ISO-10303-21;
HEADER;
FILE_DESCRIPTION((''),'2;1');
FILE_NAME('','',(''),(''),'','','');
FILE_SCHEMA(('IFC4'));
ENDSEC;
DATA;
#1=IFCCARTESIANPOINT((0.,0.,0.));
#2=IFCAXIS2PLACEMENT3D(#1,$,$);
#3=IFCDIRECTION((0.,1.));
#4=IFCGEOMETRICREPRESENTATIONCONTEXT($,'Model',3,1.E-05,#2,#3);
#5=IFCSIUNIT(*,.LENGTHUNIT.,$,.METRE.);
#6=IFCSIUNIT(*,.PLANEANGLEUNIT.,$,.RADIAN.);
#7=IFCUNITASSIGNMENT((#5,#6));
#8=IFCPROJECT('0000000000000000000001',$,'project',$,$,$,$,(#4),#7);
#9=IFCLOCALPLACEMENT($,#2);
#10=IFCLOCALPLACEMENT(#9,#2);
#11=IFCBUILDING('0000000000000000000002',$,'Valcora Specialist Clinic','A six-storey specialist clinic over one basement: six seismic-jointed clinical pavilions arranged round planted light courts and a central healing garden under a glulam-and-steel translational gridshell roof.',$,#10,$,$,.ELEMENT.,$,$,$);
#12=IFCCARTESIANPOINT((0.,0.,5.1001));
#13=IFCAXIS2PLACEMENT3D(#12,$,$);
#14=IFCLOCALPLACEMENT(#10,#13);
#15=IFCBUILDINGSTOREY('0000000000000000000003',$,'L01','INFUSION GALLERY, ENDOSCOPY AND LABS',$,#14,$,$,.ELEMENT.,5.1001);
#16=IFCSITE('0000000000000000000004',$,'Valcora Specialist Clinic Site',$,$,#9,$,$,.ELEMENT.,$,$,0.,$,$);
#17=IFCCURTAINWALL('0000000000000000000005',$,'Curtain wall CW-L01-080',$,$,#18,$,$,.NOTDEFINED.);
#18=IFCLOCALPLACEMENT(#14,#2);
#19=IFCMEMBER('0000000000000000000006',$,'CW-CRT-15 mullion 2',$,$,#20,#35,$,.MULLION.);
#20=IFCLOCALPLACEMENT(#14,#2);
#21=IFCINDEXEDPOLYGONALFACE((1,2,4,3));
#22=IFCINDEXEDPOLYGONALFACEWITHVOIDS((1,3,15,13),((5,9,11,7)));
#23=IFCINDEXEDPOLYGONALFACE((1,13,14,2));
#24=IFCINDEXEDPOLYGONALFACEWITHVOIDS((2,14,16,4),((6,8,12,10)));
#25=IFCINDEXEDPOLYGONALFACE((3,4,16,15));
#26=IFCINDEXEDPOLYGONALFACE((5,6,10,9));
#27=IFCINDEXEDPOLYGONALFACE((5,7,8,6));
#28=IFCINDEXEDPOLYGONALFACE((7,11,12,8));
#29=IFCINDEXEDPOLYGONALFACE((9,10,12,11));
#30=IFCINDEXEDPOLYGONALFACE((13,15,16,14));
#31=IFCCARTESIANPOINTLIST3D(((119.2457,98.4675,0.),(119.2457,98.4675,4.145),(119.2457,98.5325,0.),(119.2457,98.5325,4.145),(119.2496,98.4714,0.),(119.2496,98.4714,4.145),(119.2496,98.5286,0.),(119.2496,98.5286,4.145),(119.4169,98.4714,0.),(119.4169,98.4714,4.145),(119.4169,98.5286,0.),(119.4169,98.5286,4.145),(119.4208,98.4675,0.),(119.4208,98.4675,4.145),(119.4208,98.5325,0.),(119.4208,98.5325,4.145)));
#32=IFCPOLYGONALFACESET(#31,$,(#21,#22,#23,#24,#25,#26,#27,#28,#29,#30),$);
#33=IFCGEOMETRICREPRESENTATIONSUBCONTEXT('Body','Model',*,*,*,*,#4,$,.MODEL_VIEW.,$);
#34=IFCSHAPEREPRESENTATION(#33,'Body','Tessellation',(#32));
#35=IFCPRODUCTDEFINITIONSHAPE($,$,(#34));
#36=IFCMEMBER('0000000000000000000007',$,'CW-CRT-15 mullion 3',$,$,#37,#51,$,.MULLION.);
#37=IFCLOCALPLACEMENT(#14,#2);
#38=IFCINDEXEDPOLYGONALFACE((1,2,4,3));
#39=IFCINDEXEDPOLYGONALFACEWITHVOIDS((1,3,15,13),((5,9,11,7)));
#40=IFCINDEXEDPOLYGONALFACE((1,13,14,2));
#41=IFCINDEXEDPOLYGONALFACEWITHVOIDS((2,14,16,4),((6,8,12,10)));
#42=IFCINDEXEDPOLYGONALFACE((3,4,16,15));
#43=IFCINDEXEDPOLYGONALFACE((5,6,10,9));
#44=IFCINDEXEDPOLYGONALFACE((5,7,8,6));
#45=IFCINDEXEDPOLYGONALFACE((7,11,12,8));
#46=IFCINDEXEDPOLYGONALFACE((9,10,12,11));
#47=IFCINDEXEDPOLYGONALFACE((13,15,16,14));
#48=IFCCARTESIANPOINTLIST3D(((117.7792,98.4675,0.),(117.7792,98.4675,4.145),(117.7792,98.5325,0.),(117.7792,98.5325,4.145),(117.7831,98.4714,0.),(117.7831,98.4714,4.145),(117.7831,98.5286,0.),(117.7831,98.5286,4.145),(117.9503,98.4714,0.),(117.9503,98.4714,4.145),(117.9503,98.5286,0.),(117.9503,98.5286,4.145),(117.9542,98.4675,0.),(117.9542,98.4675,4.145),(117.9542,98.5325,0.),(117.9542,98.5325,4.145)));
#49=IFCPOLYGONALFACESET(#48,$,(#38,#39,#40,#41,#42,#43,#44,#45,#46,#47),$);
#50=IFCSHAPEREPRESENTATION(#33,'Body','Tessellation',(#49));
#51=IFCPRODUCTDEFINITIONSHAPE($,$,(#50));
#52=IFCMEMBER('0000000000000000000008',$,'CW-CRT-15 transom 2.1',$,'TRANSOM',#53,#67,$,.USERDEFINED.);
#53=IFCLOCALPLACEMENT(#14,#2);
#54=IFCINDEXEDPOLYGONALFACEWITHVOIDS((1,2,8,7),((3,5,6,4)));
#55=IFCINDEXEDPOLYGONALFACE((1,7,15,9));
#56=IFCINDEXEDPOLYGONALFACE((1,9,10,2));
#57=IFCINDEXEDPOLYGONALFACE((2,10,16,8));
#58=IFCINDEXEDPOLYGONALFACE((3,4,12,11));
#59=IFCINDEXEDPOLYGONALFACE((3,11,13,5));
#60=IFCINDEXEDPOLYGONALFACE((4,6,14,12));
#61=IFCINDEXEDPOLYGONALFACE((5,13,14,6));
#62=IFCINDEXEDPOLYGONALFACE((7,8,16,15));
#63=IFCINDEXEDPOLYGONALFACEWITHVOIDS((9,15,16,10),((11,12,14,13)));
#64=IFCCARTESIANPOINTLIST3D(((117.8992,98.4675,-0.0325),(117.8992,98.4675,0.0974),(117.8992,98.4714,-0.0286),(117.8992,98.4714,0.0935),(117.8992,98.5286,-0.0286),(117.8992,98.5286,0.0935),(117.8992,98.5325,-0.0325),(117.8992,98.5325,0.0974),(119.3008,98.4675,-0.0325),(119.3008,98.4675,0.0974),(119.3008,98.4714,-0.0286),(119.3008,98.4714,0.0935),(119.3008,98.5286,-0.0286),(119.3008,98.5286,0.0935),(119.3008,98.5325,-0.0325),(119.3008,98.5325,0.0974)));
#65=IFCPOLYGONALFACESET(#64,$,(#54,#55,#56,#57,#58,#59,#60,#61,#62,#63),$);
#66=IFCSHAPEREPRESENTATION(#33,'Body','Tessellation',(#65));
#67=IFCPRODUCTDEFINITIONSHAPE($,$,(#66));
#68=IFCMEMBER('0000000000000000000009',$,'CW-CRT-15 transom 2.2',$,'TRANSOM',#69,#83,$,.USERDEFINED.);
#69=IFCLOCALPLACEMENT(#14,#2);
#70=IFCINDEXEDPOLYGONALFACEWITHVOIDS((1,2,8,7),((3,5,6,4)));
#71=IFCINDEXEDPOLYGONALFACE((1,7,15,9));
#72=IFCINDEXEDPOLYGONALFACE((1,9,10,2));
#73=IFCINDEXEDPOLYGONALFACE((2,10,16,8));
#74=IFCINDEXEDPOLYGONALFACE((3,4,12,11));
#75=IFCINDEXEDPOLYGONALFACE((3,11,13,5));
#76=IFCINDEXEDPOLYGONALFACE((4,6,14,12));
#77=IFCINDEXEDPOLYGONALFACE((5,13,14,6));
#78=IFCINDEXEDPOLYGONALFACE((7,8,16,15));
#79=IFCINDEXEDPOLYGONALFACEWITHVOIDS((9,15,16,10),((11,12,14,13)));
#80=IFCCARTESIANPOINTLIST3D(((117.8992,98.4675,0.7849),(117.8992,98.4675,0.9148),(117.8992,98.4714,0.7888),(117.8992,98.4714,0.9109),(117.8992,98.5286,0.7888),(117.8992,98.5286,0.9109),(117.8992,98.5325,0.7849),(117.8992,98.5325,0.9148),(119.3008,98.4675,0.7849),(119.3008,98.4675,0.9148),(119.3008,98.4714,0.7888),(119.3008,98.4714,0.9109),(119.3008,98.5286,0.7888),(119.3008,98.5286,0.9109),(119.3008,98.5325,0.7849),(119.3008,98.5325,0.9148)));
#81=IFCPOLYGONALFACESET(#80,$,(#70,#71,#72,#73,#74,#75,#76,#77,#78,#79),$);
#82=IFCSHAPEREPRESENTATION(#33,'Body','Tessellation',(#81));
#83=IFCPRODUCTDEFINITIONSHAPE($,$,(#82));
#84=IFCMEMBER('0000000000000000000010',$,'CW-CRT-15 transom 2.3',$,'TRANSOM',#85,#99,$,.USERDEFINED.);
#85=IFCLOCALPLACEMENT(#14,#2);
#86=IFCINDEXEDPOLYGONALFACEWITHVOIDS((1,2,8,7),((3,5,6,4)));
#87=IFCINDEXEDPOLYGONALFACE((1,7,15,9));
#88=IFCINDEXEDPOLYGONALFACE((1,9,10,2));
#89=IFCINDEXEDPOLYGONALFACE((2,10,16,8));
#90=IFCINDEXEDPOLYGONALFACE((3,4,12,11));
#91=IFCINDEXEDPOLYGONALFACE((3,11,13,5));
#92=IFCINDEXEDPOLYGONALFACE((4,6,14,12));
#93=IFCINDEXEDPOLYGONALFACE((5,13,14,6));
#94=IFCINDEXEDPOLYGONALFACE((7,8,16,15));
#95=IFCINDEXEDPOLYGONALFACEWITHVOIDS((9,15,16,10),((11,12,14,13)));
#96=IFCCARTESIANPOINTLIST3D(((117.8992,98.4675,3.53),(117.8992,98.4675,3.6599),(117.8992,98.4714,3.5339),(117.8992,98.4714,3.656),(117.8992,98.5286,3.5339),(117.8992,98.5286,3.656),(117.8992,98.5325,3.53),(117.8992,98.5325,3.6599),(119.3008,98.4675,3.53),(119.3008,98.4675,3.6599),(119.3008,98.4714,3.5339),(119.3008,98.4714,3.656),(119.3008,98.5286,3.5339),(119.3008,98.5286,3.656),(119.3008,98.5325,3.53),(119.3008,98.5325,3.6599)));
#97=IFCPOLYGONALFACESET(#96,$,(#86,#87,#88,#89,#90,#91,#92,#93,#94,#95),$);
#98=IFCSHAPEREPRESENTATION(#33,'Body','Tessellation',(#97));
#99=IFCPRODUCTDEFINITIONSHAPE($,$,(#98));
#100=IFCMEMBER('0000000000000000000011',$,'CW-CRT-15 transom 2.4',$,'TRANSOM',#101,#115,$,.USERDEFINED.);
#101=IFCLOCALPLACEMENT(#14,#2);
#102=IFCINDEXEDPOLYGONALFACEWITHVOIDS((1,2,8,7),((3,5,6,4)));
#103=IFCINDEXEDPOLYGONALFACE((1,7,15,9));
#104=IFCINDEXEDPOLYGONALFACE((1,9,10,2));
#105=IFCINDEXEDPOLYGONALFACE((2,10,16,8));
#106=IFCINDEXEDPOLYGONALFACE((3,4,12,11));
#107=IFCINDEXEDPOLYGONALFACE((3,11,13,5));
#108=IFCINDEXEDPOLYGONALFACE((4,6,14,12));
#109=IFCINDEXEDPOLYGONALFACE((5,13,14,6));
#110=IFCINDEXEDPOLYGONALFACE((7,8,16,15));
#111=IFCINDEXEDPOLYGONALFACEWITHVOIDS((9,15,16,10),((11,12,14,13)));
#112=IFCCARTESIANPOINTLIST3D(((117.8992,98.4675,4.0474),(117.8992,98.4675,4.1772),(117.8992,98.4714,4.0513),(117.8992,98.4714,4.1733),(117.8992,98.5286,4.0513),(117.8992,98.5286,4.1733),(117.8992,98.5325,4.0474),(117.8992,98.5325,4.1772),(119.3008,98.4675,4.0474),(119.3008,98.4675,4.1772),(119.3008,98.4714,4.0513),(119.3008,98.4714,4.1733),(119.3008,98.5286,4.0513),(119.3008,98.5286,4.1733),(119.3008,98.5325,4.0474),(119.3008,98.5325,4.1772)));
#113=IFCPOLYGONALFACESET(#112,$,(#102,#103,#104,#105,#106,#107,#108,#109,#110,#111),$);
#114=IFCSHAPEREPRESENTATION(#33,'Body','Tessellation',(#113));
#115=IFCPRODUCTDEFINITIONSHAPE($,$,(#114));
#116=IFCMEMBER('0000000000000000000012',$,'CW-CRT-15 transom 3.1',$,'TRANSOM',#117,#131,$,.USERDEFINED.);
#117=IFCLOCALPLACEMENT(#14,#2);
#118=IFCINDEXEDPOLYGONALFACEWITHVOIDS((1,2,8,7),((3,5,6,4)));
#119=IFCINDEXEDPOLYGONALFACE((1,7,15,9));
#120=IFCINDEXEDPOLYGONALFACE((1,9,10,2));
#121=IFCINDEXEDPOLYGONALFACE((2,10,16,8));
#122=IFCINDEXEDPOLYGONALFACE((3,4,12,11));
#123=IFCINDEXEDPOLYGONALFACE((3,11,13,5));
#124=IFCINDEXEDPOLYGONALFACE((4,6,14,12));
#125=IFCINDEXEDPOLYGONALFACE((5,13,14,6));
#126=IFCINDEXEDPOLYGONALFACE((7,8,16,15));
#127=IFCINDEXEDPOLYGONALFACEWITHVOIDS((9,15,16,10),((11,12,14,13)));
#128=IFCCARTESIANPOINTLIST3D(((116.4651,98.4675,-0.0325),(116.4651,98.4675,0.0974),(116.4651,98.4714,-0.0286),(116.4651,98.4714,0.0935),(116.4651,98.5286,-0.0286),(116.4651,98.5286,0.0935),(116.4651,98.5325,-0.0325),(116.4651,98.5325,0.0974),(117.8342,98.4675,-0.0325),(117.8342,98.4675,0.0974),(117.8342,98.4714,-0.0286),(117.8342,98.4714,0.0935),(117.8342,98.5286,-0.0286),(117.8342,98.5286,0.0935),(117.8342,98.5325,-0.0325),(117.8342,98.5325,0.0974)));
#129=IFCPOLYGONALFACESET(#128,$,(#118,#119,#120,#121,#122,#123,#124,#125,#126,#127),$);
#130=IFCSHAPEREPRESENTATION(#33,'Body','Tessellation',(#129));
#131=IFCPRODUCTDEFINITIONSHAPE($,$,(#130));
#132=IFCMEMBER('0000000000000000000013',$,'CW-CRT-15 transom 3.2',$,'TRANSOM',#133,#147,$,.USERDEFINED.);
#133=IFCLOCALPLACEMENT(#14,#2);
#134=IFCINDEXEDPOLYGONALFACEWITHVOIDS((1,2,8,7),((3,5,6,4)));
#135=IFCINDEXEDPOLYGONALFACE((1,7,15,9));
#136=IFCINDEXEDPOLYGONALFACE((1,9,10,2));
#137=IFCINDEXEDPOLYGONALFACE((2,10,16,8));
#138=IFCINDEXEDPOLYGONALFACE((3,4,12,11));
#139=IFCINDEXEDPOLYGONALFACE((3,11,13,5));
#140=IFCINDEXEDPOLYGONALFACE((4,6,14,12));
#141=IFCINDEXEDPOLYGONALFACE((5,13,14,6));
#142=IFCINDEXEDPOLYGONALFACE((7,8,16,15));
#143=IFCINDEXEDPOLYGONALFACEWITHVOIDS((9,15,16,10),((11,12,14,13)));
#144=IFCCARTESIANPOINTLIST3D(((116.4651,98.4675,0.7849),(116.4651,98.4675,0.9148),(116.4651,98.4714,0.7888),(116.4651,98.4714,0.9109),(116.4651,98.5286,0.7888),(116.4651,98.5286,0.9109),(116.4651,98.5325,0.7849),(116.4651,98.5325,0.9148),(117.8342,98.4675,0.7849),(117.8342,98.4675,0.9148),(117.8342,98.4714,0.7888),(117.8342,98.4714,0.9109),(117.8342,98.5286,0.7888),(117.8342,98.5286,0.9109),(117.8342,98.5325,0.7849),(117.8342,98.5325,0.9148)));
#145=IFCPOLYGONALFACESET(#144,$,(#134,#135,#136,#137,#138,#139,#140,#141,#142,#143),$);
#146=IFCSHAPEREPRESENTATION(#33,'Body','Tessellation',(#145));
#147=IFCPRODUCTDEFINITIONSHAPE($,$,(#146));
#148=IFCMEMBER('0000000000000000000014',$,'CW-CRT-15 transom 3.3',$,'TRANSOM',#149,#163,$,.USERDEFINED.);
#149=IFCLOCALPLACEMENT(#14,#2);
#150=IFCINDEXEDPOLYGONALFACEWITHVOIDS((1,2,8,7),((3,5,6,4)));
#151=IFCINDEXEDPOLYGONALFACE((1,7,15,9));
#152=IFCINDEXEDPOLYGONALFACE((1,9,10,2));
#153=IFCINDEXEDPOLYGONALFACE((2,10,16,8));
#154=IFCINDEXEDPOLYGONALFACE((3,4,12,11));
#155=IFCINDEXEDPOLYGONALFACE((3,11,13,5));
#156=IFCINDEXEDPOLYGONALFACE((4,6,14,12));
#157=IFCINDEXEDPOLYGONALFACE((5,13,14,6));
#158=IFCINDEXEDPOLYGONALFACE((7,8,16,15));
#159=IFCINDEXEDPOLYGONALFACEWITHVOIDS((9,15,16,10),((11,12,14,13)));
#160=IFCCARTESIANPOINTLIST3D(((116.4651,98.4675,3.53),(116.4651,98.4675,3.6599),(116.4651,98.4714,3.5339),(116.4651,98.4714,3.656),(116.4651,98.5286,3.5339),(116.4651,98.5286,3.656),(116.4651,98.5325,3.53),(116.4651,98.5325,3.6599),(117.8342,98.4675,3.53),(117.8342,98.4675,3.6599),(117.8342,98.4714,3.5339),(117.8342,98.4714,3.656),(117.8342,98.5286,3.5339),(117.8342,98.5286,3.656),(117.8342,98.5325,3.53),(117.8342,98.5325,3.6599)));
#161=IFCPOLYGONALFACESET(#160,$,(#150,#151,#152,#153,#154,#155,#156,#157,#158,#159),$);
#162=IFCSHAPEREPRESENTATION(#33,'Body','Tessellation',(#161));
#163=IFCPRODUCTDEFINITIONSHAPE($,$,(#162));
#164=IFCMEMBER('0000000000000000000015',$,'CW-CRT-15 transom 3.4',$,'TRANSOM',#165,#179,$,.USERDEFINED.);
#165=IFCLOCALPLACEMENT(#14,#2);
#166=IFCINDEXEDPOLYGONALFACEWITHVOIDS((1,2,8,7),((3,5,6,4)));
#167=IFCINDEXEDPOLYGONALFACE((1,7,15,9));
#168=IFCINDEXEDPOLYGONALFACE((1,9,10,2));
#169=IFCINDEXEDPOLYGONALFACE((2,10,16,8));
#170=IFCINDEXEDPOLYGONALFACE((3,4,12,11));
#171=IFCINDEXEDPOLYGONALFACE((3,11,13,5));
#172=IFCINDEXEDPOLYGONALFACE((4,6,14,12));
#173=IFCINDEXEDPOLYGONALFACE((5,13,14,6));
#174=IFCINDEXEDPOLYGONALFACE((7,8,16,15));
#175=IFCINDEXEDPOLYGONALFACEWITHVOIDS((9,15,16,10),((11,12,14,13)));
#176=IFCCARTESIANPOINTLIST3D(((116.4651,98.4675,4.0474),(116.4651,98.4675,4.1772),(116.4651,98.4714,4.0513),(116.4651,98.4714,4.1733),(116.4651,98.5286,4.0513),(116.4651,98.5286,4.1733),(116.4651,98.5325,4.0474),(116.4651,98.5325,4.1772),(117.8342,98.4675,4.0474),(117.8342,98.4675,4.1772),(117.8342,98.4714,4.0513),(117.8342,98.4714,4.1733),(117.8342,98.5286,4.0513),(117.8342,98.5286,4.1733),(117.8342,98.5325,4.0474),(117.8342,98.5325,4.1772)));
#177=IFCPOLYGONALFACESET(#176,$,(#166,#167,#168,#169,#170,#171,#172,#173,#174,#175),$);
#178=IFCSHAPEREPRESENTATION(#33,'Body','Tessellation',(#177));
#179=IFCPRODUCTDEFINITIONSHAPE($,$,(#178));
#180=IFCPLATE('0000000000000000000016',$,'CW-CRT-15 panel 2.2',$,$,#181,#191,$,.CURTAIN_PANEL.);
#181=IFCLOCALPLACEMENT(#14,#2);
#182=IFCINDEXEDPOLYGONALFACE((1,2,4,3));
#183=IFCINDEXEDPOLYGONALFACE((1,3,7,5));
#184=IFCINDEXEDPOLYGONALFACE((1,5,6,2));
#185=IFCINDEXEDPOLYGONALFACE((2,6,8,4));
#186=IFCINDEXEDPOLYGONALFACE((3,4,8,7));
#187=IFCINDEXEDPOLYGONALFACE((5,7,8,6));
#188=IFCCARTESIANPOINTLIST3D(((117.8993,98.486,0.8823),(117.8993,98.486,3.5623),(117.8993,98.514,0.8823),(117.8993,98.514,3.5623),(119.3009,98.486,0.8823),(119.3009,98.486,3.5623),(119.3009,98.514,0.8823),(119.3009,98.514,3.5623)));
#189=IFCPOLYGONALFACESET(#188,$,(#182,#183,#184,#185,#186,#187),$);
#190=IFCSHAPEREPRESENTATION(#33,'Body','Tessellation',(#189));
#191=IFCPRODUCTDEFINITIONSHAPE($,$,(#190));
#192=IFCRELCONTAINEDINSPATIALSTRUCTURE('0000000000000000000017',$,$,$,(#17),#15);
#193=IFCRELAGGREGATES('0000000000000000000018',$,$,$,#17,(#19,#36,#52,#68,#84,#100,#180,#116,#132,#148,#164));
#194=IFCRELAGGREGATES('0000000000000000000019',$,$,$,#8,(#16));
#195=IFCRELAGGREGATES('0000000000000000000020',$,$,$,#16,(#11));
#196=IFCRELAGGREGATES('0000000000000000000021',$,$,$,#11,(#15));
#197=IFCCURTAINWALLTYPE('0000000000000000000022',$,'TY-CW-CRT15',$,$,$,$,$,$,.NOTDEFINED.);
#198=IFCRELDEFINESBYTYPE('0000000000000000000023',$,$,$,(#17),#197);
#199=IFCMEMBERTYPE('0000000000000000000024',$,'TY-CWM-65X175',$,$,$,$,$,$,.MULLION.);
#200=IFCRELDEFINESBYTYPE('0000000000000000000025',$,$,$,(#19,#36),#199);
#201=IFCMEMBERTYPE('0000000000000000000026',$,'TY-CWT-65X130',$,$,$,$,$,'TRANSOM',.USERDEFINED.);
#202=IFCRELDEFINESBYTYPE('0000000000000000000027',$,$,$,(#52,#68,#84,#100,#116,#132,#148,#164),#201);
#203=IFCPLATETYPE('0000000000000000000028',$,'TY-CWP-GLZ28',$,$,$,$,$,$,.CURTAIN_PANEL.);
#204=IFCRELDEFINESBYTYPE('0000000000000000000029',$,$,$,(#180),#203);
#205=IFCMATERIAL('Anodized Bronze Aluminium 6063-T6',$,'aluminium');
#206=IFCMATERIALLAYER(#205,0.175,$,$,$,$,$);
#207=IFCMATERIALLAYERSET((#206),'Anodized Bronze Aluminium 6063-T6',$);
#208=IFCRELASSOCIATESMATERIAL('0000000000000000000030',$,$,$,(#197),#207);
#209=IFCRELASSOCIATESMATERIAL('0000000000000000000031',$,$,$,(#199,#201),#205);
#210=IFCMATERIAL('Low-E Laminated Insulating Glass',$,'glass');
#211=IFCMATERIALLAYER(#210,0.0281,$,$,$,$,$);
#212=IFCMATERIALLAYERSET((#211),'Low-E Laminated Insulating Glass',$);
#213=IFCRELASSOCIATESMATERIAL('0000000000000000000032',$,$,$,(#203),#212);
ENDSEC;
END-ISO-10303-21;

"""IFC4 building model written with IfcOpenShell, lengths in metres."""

from ifc_helpers import new_model, si_unit, direction, frame, origin, origin_2d, place, context, subcontext, project, spatial, rectangle, hollow_rectangle, extrude, material, layer, layer_set, material_profile, profile_set, type_object, element, aggregate, save


model = new_model("IFC4")

# Units and contexts
model_context = context("Model", 3, precision=1e-05, world=origin(), true_north=direction((0.0, 1.0)))
body_context = subcontext(model_context, "Body", "Model", "MODEL_VIEW")
ifc_project = project(units=[si_unit("LENGTHUNIT", "METRE"), si_unit("PLANEANGLEUNIT", "RADIAN")], contexts=[model_context])

# Site, building, storey
site_placement = place(None, origin())
site = spatial("IfcSite", under=ifc_project, at=site_placement, Name="Valcora Specialist Clinic Site", CompositionType="ELEMENT", RefElevation=0.0)
building_placement = place(site_placement, origin())
building = spatial("IfcBuilding", under=site, at=building_placement, Name="Valcora Specialist Clinic", Description="A six-storey specialist clinic over one basement: six seismic-jointed clinical pavilions arranged round planted light courts and a central healing garden under a glulam-and-steel translational gridshell roof.", CompositionType="ELEMENT")
storey_placement = place(building_placement, frame((0.0, 0.0, 5.1001)))
storey = spatial("IfcBuildingStorey", under=building, at=storey_placement, Name="L01", Description="INFUSION GALLERY, ENDOSCOPY AND LABS", CompositionType="ELEMENT", Elevation=5.1001)

# Curtain wall, members, plate
ifc_material_1 = material(Name="Anodized Bronze Aluminium 6063-T6", Category="aluminium")
ifc_layer_1 = layer(ifc_material_1, 0.175)
ifc_layer_set_1 = layer_set([ifc_layer_1], Name="Anodized Bronze Aluminium 6063-T6")
curtain_wall_type = type_object("IfcCurtainWallType", Name="TY-CW-CRT15", PredefinedType="NOTDEFINED", material=ifc_layer_set_1)
curtain_wall_placement = place(storey_placement, origin())
curtain_wall = element("IfcCurtainWall", 1, at=curtain_wall_placement, inside=storey, type_object=curtain_wall_type, Name="Curtain wall CW-L01-080", PredefinedType="NOTDEFINED")
ifc_material_profile_1 = material_profile(ifc_material_1, hollow_rectangle(XDim=0.0649, YDim=0.175, WallThickness=0.0039, at=origin_2d()), Name="AL-MUL-65X175")
ifc_profile_set_1 = profile_set([ifc_material_profile_1], Name="Anodized Bronze Aluminium 6063-T6")
member_type_1 = type_object("IfcMemberType", Name="TY-CWM-65X175", PredefinedType="MULLION", material=ifc_profile_set_1)
member_1_placement = place(storey_placement, frame((119.3333, 98.5, 0.0), z_axis=(0.0, 0.0, 1.0), x_axis=(0.0, -1.0, 0.0)))
member_1 = element("IfcMember", 2, at=member_1_placement, type_object=member_type_1, Name="CW-CRT-15 mullion 2", PredefinedType="MULLION", context=body_context, shape_type="SweptSolid", body=[
    extrude(hollow_rectangle(XDim=0.0649, YDim=0.175, WallThickness=0.0039, at=origin_2d()), origin(), (0.0, 0.0, 1.0), 4.145),
])
member_2_placement = place(storey_placement, frame((117.8667, 98.5, 0.0), z_axis=(0.0, 0.0, 1.0), x_axis=(0.0, -1.0, 0.0)))
member_2 = element("IfcMember", 3, at=member_2_placement, type_object=member_type_1, Name="CW-CRT-15 mullion 3", PredefinedType="MULLION", context=body_context, shape_type="SweptSolid", body=[
    extrude(hollow_rectangle(XDim=0.0649, YDim=0.175, WallThickness=0.0039, at=origin_2d()), origin(), (0.0, 0.0, 1.0), 4.145),
])
ifc_material_profile_2 = material_profile(ifc_material_1, hollow_rectangle(XDim=0.0649, YDim=0.1299, WallThickness=0.0039, at=origin_2d()), Name="AL-TRN-65X130")
ifc_profile_set_2 = profile_set([ifc_material_profile_2], Name="Anodized Bronze Aluminium 6063-T6")
member_type_2 = type_object("IfcMemberType", Name="TY-CWT-65X130", ElementType="TRANSOM", PredefinedType="USERDEFINED", material=ifc_profile_set_2)
member_3_placement = place(storey_placement, frame((119.3008, 98.5, 0.0325), z_axis=(-1.0, 0.0, 0.0), x_axis=(0.0, -1.0, 0.0)))
member_3 = element("IfcMember", 4, at=member_3_placement, type_object=member_type_2, Name="CW-CRT-15 transom 2.1", ObjectType="TRANSOM", PredefinedType="USERDEFINED", context=body_context, shape_type="SweptSolid", body=[
    extrude(hollow_rectangle(XDim=0.0649, YDim=0.1299, WallThickness=0.0039, at=origin_2d()), origin(), (0.0, 0.0, 1.0), 1.4016),
])
member_4_placement = place(storey_placement, frame((119.3008, 98.5, 0.8499), z_axis=(-1.0, 0.0, 0.0), x_axis=(0.0, -1.0, 0.0)))
member_4 = element("IfcMember", 5, at=member_4_placement, type_object=member_type_2, Name="CW-CRT-15 transom 2.2", ObjectType="TRANSOM", PredefinedType="USERDEFINED", context=body_context, shape_type="SweptSolid", body=[
    extrude(hollow_rectangle(XDim=0.0649, YDim=0.1299, WallThickness=0.0039, at=origin_2d()), origin(), (0.0, 0.0, 1.0), 1.4016),
])
member_5_placement = place(storey_placement, frame((119.3008, 98.5, 3.595), z_axis=(-1.0, 0.0, 0.0), x_axis=(0.0, -1.0, 0.0)))
member_5 = element("IfcMember", 6, at=member_5_placement, type_object=member_type_2, Name="CW-CRT-15 transom 2.3", ObjectType="TRANSOM", PredefinedType="USERDEFINED", context=body_context, shape_type="SweptSolid", body=[
    extrude(hollow_rectangle(XDim=0.0649, YDim=0.1299, WallThickness=0.0039, at=origin_2d()), origin(), (0.0, 0.0, 1.0), 1.4016),
])
member_6_placement = place(storey_placement, frame((119.3008, 98.5, 4.1123), z_axis=(-1.0, 0.0, 0.0), x_axis=(0.0, -1.0, 0.0)))
member_6 = element("IfcMember", 7, at=member_6_placement, type_object=member_type_2, Name="CW-CRT-15 transom 2.4", ObjectType="TRANSOM", PredefinedType="USERDEFINED", context=body_context, shape_type="SweptSolid", body=[
    extrude(hollow_rectangle(XDim=0.0649, YDim=0.1299, WallThickness=0.0039, at=origin_2d()), origin(), (0.0, 0.0, 1.0), 1.4016),
])
member_7_placement = place(storey_placement, frame((117.8342, 98.5, 0.0325), z_axis=(-1.0, 0.0, 0.0), x_axis=(0.0, -1.0, 0.0)))
member_7 = element("IfcMember", 8, at=member_7_placement, type_object=member_type_2, Name="CW-CRT-15 transom 3.1", ObjectType="TRANSOM", PredefinedType="USERDEFINED", context=body_context, shape_type="SweptSolid", body=[
    extrude(hollow_rectangle(XDim=0.0649, YDim=0.1299, WallThickness=0.0039, at=origin_2d()), origin(), (0.0, 0.0, 1.0), 1.3691),
])
member_8_placement = place(storey_placement, frame((117.8342, 98.5, 0.8499), z_axis=(-1.0, 0.0, 0.0), x_axis=(0.0, -1.0, 0.0)))
member_8 = element("IfcMember", 9, at=member_8_placement, type_object=member_type_2, Name="CW-CRT-15 transom 3.2", ObjectType="TRANSOM", PredefinedType="USERDEFINED", context=body_context, shape_type="SweptSolid", body=[
    extrude(hollow_rectangle(XDim=0.0649, YDim=0.1299, WallThickness=0.0039, at=origin_2d()), origin(), (0.0, 0.0, 1.0), 1.3691),
])
member_9_placement = place(storey_placement, frame((117.8342, 98.5, 3.595), z_axis=(-1.0, 0.0, 0.0), x_axis=(0.0, -1.0, 0.0)))
member_9 = element("IfcMember", 10, at=member_9_placement, type_object=member_type_2, Name="CW-CRT-15 transom 3.3", ObjectType="TRANSOM", PredefinedType="USERDEFINED", context=body_context, shape_type="SweptSolid", body=[
    extrude(hollow_rectangle(XDim=0.0649, YDim=0.1299, WallThickness=0.0039, at=origin_2d()), origin(), (0.0, 0.0, 1.0), 1.3691),
])
member_10_placement = place(storey_placement, frame((117.8342, 98.5, 4.1123), z_axis=(-1.0, 0.0, 0.0), x_axis=(0.0, -1.0, 0.0)))
member_10 = element("IfcMember", 11, at=member_10_placement, type_object=member_type_2, Name="CW-CRT-15 transom 3.4", ObjectType="TRANSOM", PredefinedType="USERDEFINED", context=body_context, shape_type="SweptSolid", body=[
    extrude(hollow_rectangle(XDim=0.0649, YDim=0.1299, WallThickness=0.0039, at=origin_2d()), origin(), (0.0, 0.0, 1.0), 1.3691),
])
ifc_material_2 = material(Name="Low-E Laminated Insulating Glass", Category="glass")
ifc_layer_2 = layer(ifc_material_2, 0.0281)
ifc_layer_set_2 = layer_set([ifc_layer_2], Name="Low-E Laminated Insulating Glass")
plate_type_1 = type_object("IfcPlateType", Name="TY-CWP-GLZ28", PredefinedType="CURTAIN_PANEL", material=ifc_layer_set_2)
plate_1_placement = place(storey_placement, frame((118.6001, 98.5, 0.8823), z_axis=(0.0, 0.0, 1.0), x_axis=(-1.0, 0.0, 0.0)))
plate_1 = element("IfcPlate", 12, at=plate_1_placement, type_object=plate_type_1, Name="CW-CRT-15 panel 2.2", PredefinedType="CURTAIN_PANEL", context=body_context, shape_type="SweptSolid", body=[
    extrude(rectangle(XDim=1.4016, YDim=0.0281, at=origin_2d()), origin(), (0.0, 0.0, 1.0), 2.6799),
])
aggregate(curtain_wall, [member_1, member_2, member_3, member_4, member_5, member_6, plate_1, member_7, member_8, member_9, member_10])

save(model, "model.ifc")
